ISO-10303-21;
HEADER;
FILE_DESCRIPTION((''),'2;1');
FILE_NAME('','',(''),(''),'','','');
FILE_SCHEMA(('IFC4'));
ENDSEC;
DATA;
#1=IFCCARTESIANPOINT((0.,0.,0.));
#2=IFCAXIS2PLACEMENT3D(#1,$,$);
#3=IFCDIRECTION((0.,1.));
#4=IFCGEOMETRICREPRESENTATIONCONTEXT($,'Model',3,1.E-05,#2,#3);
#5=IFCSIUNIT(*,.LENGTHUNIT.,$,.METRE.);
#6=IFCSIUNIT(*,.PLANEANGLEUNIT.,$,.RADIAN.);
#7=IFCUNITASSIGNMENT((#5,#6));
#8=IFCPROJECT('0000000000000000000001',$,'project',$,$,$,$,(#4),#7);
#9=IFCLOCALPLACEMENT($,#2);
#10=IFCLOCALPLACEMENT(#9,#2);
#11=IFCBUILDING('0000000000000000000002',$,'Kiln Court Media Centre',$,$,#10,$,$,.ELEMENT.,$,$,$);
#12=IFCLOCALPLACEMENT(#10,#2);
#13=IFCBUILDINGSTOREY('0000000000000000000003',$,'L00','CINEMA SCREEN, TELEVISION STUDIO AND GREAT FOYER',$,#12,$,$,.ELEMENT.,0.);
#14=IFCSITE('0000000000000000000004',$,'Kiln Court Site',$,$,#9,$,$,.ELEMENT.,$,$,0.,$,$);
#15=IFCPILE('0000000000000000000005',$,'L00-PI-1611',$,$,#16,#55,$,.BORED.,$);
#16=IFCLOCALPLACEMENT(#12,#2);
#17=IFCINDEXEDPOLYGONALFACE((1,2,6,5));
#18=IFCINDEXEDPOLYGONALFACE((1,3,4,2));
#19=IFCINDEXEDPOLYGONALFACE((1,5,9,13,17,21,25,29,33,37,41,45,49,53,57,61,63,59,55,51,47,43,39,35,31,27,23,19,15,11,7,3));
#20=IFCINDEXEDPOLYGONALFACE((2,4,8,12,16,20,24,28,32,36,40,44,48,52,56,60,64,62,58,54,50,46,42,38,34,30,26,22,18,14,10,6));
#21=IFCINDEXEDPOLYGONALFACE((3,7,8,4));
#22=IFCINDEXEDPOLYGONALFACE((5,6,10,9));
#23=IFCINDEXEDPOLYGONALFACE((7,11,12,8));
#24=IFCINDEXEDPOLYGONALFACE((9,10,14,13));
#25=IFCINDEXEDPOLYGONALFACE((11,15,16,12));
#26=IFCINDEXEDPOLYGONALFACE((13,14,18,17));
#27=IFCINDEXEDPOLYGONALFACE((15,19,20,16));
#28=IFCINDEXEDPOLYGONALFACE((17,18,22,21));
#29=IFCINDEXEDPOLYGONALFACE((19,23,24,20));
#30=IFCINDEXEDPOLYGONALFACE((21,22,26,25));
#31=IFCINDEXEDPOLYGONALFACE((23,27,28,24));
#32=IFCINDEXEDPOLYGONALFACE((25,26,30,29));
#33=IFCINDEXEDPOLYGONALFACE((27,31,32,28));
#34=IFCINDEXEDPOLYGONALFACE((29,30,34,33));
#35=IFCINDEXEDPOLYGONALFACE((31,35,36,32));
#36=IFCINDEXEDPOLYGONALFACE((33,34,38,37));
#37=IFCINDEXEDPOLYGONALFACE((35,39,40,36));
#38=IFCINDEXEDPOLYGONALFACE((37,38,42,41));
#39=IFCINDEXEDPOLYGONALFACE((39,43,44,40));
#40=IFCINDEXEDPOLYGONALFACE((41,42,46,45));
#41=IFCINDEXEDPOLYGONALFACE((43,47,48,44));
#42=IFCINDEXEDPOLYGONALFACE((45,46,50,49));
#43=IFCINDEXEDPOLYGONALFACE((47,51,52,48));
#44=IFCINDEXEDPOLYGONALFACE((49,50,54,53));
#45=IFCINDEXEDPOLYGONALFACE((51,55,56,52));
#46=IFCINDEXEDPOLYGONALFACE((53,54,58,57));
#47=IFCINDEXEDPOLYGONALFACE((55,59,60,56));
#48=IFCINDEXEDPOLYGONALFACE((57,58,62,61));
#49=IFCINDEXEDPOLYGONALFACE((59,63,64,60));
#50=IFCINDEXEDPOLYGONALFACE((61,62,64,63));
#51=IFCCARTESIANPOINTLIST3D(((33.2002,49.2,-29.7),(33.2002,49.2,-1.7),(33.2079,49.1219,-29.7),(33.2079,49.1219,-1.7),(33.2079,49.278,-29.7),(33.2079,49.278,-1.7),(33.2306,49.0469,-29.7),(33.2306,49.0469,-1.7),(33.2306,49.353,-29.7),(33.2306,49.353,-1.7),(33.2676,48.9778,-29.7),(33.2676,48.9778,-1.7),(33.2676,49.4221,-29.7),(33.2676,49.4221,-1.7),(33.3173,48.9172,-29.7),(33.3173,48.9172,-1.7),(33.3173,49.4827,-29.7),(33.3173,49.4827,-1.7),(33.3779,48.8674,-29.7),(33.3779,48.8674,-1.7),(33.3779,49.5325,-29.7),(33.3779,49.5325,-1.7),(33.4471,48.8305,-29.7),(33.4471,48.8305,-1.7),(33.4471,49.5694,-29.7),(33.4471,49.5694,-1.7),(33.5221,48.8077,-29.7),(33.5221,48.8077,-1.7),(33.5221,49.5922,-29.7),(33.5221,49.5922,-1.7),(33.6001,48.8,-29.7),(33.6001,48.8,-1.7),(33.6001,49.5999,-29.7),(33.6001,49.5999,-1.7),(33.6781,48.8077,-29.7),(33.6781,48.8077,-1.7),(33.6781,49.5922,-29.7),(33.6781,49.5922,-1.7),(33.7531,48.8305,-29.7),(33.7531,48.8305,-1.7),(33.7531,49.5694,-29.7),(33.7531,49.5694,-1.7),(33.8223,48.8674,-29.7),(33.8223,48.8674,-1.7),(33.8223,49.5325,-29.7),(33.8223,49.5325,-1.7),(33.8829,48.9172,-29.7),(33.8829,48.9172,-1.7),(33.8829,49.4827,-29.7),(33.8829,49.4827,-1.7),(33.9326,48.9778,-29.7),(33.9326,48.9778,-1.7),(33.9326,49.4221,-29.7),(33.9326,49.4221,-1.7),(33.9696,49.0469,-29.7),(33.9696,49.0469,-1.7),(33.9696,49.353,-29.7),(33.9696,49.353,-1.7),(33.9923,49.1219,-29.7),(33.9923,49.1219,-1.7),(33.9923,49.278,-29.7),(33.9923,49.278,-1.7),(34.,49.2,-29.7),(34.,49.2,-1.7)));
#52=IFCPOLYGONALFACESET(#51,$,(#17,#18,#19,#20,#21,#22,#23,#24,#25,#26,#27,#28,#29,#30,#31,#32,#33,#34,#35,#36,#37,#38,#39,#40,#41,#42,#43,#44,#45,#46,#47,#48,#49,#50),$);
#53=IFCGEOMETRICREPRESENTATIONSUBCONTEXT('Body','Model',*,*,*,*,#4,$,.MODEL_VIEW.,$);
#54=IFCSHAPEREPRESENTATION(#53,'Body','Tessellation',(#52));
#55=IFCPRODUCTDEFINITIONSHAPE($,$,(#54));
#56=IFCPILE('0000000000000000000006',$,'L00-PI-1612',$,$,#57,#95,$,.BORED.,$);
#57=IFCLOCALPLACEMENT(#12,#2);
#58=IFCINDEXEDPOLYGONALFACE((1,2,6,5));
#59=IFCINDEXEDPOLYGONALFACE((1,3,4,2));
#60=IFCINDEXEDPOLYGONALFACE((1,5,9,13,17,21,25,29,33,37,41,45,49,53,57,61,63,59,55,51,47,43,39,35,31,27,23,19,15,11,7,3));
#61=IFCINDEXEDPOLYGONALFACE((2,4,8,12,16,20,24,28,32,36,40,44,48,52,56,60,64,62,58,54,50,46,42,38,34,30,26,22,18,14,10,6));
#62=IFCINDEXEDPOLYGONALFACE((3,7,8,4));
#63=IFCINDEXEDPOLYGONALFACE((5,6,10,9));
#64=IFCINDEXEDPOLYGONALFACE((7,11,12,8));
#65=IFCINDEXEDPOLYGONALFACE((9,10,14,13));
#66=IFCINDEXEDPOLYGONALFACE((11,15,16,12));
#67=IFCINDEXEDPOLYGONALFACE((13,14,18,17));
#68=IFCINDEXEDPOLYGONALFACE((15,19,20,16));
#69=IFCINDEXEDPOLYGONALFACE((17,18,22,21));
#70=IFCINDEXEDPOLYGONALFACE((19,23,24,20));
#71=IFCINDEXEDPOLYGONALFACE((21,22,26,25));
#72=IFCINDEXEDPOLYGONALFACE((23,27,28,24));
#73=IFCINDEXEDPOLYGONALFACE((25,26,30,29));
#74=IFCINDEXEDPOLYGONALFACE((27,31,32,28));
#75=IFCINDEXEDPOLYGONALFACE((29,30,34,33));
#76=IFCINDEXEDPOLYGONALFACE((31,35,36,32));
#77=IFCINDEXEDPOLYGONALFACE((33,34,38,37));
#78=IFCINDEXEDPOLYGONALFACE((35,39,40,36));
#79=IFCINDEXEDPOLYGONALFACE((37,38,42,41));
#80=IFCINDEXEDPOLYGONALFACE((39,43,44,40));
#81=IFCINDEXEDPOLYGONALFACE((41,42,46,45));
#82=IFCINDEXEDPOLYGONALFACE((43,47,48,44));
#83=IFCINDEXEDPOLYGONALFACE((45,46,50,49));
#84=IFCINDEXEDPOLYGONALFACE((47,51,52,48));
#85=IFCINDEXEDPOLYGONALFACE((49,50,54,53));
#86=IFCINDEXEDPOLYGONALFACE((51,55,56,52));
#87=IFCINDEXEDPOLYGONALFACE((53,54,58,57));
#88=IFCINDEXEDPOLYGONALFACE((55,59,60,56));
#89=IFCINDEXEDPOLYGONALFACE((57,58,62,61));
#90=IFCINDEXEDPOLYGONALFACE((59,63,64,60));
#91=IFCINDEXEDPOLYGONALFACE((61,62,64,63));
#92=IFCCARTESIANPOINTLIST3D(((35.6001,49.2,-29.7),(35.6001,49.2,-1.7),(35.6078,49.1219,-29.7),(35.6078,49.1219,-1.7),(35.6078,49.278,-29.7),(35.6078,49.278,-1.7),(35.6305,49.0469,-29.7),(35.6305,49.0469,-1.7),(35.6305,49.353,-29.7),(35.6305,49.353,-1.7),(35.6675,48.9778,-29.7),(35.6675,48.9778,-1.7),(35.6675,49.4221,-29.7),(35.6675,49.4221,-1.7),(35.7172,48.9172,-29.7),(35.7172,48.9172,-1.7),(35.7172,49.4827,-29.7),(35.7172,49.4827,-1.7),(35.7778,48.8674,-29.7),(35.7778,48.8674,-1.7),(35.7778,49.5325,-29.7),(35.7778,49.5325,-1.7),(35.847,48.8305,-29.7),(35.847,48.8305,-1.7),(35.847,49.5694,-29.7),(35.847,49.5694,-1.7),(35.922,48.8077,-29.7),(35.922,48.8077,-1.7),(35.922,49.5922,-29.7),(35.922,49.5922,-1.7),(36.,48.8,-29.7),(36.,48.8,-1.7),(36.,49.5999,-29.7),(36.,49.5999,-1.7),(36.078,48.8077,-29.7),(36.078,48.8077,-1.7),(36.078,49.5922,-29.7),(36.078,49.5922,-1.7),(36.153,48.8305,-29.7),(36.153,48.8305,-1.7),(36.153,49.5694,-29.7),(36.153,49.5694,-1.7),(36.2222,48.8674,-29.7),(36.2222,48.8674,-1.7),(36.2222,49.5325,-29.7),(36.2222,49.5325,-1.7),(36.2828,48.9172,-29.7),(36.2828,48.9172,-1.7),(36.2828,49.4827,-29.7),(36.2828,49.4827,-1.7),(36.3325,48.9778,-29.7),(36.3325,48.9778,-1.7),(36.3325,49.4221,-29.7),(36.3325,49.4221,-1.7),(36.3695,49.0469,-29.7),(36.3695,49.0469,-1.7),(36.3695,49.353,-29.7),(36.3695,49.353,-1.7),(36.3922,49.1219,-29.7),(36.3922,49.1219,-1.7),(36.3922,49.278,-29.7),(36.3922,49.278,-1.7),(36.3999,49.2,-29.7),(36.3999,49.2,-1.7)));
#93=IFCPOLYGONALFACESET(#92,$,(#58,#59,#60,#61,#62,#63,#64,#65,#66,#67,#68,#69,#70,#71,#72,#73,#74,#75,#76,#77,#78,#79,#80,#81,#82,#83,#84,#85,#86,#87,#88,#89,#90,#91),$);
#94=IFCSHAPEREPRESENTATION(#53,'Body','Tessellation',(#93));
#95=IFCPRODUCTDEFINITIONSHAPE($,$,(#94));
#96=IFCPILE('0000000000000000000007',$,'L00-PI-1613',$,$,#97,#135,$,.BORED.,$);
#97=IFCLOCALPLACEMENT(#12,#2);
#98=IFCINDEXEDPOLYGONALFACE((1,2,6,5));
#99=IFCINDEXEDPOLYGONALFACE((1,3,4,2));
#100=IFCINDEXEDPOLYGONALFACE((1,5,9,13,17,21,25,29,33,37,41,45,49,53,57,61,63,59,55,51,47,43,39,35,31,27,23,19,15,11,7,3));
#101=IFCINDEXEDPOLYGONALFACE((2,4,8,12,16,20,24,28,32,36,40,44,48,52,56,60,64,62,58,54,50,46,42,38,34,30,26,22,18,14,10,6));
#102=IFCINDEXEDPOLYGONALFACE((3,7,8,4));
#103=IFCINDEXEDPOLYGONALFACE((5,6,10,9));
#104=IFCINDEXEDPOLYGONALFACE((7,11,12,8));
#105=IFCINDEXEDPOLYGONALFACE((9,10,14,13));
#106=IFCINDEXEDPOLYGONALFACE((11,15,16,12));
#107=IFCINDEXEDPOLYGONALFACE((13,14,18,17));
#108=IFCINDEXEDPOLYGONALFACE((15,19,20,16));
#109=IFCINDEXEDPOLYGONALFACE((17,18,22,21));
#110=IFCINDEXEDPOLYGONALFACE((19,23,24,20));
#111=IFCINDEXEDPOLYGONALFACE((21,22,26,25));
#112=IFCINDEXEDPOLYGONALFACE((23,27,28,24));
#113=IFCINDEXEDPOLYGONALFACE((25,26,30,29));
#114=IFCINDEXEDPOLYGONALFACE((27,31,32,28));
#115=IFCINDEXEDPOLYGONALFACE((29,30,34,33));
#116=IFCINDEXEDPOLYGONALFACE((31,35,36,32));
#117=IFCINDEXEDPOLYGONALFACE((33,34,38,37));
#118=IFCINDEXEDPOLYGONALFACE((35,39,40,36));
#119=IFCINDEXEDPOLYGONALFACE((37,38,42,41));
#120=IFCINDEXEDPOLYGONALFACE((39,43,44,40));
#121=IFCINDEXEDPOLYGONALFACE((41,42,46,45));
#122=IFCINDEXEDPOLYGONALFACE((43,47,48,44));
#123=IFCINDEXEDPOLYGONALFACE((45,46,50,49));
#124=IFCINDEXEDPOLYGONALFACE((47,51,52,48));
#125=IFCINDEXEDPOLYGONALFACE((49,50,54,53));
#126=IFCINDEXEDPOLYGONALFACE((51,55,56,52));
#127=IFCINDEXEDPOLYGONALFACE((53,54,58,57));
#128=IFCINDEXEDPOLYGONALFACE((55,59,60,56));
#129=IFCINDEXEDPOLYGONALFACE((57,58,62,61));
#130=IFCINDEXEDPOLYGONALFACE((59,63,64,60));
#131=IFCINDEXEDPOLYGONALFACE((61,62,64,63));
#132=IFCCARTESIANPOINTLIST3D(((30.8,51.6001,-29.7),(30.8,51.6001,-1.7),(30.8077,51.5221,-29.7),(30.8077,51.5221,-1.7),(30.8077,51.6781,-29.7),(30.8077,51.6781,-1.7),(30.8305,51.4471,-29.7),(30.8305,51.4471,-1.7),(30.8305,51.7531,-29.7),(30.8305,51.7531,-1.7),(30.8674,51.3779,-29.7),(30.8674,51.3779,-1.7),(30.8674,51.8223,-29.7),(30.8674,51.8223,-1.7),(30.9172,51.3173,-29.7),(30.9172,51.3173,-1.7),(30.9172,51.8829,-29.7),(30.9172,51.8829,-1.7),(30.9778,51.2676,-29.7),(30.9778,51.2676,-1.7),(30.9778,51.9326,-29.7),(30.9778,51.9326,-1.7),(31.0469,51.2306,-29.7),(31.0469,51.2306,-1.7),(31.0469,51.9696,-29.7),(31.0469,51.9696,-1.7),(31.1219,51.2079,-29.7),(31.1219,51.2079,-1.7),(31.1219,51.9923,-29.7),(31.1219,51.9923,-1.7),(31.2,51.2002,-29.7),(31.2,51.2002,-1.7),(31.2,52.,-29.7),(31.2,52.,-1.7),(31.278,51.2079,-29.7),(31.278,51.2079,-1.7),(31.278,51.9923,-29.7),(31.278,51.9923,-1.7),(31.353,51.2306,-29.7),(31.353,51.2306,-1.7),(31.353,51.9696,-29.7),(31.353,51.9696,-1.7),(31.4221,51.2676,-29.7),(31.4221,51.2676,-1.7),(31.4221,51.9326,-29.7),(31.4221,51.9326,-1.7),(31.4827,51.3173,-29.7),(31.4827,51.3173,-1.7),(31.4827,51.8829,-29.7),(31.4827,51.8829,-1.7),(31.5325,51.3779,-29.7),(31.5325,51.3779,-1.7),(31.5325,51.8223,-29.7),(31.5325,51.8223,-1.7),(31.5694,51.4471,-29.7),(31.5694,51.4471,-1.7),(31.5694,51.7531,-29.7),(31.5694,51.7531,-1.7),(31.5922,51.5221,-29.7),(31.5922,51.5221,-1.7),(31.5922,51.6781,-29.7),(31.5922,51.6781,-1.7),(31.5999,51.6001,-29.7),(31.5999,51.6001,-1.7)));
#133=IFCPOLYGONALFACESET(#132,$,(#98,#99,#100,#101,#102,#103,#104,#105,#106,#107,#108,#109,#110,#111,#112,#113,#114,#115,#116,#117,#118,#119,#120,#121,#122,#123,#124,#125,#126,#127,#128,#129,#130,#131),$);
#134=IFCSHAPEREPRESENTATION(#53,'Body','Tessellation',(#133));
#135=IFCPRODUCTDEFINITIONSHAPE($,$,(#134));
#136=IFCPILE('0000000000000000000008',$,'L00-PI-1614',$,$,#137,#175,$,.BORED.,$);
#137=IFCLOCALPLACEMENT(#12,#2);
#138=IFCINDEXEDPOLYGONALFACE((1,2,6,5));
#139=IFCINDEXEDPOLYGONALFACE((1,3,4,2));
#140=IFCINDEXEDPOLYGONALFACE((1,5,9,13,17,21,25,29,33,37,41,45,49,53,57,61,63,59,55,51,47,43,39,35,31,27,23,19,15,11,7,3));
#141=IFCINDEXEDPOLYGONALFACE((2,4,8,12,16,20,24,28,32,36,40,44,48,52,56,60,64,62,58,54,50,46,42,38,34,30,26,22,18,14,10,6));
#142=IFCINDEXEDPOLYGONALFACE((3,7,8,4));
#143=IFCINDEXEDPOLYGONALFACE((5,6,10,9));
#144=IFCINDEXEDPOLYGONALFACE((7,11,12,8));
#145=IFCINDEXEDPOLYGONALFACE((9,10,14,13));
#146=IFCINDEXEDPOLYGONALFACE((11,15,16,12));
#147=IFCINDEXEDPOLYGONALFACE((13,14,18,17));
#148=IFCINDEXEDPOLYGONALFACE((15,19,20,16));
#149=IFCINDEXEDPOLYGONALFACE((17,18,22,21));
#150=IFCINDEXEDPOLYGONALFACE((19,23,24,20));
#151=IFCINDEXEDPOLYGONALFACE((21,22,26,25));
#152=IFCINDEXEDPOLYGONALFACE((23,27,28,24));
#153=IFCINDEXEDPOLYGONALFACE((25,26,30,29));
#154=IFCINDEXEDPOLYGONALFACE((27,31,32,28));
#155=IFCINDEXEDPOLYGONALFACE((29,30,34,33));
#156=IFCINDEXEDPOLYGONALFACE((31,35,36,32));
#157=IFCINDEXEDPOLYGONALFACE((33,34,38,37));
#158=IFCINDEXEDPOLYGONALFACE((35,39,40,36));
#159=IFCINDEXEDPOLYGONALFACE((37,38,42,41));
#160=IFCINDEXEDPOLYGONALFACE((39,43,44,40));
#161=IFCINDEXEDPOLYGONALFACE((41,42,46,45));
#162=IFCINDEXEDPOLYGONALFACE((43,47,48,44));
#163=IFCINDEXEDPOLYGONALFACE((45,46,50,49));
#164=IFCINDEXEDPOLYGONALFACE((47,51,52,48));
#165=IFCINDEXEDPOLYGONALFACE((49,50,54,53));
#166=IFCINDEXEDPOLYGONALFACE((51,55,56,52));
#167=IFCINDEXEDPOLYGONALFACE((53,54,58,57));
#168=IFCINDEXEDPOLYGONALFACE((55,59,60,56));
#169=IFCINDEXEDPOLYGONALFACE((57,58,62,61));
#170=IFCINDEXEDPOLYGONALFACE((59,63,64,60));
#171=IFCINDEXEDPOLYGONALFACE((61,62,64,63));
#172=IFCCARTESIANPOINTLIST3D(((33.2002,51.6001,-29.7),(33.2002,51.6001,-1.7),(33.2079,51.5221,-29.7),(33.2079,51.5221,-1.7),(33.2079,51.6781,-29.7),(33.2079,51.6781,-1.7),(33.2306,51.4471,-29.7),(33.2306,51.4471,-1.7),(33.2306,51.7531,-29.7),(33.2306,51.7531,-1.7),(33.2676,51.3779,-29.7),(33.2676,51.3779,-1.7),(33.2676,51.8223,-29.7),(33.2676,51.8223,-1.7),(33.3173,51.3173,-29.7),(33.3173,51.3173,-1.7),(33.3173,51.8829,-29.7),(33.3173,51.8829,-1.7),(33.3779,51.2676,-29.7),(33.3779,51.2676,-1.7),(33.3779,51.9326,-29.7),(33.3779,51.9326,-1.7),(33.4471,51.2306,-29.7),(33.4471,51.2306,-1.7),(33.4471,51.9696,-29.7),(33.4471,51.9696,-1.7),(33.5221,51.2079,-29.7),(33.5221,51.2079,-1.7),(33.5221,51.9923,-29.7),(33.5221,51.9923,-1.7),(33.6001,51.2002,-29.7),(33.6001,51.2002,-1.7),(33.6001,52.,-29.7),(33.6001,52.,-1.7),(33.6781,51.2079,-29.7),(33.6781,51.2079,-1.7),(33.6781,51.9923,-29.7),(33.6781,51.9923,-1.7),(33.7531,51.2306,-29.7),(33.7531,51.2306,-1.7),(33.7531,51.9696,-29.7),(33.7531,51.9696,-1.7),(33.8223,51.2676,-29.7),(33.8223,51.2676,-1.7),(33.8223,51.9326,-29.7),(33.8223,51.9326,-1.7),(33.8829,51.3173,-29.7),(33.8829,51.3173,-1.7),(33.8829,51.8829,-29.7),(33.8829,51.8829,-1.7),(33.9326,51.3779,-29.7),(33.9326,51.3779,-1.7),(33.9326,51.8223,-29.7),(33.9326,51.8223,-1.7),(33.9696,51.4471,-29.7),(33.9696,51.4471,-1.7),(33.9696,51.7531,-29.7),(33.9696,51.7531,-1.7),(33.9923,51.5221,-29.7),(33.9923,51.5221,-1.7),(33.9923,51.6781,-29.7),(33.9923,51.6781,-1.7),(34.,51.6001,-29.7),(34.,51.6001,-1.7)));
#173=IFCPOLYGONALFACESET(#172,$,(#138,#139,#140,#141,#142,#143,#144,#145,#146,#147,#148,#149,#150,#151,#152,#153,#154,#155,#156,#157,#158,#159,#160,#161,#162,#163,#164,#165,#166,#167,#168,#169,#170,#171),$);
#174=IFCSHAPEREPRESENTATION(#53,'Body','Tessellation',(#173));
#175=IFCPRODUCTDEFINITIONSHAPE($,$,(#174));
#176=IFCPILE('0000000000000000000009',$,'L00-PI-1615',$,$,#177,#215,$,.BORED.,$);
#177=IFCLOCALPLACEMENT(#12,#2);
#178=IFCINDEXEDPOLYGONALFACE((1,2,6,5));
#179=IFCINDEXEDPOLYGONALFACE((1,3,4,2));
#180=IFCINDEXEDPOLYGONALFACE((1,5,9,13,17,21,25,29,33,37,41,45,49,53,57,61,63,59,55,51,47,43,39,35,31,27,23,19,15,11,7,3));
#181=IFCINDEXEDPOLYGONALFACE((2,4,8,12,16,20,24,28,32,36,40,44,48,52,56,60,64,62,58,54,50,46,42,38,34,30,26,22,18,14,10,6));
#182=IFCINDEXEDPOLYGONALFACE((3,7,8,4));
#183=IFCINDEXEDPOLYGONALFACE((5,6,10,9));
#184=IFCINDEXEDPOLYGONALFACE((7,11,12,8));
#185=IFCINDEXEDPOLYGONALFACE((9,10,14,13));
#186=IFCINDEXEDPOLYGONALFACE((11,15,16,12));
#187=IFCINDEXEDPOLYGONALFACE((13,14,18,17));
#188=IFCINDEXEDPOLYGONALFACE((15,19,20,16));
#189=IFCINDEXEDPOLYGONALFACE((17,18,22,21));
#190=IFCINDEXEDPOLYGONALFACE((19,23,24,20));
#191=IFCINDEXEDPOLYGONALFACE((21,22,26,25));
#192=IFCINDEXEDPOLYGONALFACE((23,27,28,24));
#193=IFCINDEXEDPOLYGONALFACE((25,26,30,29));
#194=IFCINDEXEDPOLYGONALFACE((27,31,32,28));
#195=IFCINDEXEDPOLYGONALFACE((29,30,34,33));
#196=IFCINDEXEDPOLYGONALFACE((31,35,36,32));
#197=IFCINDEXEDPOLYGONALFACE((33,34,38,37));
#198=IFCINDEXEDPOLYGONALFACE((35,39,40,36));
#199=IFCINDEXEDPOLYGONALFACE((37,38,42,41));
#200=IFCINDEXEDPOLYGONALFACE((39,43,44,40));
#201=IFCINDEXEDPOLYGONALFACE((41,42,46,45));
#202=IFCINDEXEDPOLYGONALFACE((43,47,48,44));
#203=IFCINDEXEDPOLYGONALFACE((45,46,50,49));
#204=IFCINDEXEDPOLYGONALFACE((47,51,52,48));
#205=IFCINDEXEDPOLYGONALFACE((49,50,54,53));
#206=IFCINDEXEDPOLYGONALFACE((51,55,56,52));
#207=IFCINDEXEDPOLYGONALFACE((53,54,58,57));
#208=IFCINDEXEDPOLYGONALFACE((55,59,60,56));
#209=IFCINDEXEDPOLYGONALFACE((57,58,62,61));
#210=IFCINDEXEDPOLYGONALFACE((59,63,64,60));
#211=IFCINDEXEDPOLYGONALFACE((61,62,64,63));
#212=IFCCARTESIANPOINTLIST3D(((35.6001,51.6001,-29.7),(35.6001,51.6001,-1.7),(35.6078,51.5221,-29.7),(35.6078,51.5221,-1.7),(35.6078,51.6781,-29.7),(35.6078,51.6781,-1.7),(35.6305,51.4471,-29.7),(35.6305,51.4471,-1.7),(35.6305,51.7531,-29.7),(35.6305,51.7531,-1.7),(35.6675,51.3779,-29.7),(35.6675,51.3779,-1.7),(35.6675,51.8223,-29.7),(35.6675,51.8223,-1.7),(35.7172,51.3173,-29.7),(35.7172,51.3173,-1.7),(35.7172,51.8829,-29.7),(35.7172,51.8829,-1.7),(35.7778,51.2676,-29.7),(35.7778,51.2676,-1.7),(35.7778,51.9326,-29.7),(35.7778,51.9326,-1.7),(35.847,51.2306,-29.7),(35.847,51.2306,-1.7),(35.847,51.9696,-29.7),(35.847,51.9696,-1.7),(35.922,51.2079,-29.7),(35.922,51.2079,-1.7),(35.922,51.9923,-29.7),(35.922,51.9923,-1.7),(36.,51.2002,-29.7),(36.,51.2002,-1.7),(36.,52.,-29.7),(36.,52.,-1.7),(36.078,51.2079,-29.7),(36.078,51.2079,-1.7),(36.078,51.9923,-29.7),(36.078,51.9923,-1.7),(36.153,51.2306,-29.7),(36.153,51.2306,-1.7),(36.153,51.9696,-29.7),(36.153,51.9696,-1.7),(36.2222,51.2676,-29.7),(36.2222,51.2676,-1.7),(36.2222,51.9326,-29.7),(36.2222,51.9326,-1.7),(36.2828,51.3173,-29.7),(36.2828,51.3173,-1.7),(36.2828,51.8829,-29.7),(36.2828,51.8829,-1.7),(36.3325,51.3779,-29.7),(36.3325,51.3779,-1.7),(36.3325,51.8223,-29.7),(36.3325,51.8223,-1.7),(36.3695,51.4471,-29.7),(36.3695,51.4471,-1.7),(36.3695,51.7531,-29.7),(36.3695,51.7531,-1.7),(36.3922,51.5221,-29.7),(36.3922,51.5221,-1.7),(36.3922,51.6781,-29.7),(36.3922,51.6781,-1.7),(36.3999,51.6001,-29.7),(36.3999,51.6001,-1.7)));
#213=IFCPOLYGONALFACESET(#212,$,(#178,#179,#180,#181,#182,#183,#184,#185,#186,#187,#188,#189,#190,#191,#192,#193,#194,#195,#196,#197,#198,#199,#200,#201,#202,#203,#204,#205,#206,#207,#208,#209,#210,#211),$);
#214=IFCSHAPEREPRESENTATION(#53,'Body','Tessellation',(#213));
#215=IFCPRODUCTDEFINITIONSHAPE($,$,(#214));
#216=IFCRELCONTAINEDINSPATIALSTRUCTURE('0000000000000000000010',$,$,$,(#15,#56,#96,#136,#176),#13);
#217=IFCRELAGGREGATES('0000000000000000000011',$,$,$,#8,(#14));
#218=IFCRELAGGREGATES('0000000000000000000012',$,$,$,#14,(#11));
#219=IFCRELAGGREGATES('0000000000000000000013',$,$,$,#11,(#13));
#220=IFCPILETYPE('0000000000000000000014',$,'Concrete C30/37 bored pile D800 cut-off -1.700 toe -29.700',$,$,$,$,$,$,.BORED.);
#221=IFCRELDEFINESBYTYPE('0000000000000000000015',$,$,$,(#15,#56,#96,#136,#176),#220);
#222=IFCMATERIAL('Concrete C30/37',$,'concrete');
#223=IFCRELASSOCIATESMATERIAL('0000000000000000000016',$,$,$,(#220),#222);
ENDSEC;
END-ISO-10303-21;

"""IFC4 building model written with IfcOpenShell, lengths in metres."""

from ifc_helpers import new_model, si_unit, direction, frame, origin, origin_2d, place, context, subcontext, project, spatial, circle, extrude, material, material_profile, profile_set, type_object, element, save


model = new_model("IFC4")

# Units and contexts
model_context = context("Model", 3, precision=1e-05, world=origin(), true_north=direction((0.0, 1.0)))
body_context = subcontext(model_context, "Body", "Model", "MODEL_VIEW")
ifc_project = project(units=[si_unit("LENGTHUNIT", "METRE"), si_unit("PLANEANGLEUNIT", "RADIAN")], contexts=[model_context])

# Site, building, storey
site_placement = place(None, origin())
site = spatial("IfcSite", under=ifc_project, at=site_placement, Name="Kiln Court Site", CompositionType="ELEMENT", RefElevation=0.0)
building_placement = place(site_placement, origin())
building = spatial("IfcBuilding", under=site, at=building_placement, Name="Kiln Court Media Centre", CompositionType="ELEMENT")
storey_placement = place(building_placement, origin())
storey = spatial("IfcBuildingStorey", under=building, at=storey_placement, Name="L00", Description="CINEMA SCREEN, TELEVISION STUDIO AND GREAT FOYER", CompositionType="ELEMENT", Elevation=0.0)

# Piles
ifc_material_1 = material(Name="Concrete C30/37", Category="concrete")
ifc_material_profile_1 = material_profile(ifc_material_1, circle(Radius=0.3999, at=origin_2d()), Name="PILE D800")
ifc_profile_set_1 = profile_set([ifc_material_profile_1], Name="Concrete C30/37")
pile_type_1 = type_object("IfcPileType", Name="Concrete C30/37 bored pile D800 cut-off -1.700 toe -29.700", PredefinedType="BORED", material=ifc_profile_set_1)
for number, where, z_axis, x_axis, name in (
    (1, (33.6001, 49.2, -1.7), (0.0, 0.0, -1.0), (1.0, 0.0, 0.0), "L00-PI-1611"),
    (2, (36.0, 49.2, -1.7), (0.0, 0.0, -1.0), (1.0, 0.0, 0.0), "L00-PI-1612"),
    (3, (31.2, 51.6001, -1.7), (0.0, 0.0, -1.0), (1.0, 0.0, 0.0), "L00-PI-1613"),
    (4, (33.6001, 51.6001, -1.7), (0.0, 0.0, -1.0), (1.0, 0.0, 0.0), "L00-PI-1614"),
    (5, (36.0, 51.6001, -1.7), (0.0, 0.0, -1.0), (1.0, 0.0, 0.0), "L00-PI-1615"),
):
    element("IfcPile", number, at=place(storey_placement, frame(where, z_axis=z_axis, x_axis=x_axis)), inside=storey, type_object=pile_type_1, Name=name, PredefinedType="BORED", context=body_context, shape_type="SweptSolid", body=[
        extrude(circle(Radius=0.3999, at=origin_2d()), origin(), (0.0, 0.0, 1.0), 28.0),
    ])

save(model, "model.ifc")
